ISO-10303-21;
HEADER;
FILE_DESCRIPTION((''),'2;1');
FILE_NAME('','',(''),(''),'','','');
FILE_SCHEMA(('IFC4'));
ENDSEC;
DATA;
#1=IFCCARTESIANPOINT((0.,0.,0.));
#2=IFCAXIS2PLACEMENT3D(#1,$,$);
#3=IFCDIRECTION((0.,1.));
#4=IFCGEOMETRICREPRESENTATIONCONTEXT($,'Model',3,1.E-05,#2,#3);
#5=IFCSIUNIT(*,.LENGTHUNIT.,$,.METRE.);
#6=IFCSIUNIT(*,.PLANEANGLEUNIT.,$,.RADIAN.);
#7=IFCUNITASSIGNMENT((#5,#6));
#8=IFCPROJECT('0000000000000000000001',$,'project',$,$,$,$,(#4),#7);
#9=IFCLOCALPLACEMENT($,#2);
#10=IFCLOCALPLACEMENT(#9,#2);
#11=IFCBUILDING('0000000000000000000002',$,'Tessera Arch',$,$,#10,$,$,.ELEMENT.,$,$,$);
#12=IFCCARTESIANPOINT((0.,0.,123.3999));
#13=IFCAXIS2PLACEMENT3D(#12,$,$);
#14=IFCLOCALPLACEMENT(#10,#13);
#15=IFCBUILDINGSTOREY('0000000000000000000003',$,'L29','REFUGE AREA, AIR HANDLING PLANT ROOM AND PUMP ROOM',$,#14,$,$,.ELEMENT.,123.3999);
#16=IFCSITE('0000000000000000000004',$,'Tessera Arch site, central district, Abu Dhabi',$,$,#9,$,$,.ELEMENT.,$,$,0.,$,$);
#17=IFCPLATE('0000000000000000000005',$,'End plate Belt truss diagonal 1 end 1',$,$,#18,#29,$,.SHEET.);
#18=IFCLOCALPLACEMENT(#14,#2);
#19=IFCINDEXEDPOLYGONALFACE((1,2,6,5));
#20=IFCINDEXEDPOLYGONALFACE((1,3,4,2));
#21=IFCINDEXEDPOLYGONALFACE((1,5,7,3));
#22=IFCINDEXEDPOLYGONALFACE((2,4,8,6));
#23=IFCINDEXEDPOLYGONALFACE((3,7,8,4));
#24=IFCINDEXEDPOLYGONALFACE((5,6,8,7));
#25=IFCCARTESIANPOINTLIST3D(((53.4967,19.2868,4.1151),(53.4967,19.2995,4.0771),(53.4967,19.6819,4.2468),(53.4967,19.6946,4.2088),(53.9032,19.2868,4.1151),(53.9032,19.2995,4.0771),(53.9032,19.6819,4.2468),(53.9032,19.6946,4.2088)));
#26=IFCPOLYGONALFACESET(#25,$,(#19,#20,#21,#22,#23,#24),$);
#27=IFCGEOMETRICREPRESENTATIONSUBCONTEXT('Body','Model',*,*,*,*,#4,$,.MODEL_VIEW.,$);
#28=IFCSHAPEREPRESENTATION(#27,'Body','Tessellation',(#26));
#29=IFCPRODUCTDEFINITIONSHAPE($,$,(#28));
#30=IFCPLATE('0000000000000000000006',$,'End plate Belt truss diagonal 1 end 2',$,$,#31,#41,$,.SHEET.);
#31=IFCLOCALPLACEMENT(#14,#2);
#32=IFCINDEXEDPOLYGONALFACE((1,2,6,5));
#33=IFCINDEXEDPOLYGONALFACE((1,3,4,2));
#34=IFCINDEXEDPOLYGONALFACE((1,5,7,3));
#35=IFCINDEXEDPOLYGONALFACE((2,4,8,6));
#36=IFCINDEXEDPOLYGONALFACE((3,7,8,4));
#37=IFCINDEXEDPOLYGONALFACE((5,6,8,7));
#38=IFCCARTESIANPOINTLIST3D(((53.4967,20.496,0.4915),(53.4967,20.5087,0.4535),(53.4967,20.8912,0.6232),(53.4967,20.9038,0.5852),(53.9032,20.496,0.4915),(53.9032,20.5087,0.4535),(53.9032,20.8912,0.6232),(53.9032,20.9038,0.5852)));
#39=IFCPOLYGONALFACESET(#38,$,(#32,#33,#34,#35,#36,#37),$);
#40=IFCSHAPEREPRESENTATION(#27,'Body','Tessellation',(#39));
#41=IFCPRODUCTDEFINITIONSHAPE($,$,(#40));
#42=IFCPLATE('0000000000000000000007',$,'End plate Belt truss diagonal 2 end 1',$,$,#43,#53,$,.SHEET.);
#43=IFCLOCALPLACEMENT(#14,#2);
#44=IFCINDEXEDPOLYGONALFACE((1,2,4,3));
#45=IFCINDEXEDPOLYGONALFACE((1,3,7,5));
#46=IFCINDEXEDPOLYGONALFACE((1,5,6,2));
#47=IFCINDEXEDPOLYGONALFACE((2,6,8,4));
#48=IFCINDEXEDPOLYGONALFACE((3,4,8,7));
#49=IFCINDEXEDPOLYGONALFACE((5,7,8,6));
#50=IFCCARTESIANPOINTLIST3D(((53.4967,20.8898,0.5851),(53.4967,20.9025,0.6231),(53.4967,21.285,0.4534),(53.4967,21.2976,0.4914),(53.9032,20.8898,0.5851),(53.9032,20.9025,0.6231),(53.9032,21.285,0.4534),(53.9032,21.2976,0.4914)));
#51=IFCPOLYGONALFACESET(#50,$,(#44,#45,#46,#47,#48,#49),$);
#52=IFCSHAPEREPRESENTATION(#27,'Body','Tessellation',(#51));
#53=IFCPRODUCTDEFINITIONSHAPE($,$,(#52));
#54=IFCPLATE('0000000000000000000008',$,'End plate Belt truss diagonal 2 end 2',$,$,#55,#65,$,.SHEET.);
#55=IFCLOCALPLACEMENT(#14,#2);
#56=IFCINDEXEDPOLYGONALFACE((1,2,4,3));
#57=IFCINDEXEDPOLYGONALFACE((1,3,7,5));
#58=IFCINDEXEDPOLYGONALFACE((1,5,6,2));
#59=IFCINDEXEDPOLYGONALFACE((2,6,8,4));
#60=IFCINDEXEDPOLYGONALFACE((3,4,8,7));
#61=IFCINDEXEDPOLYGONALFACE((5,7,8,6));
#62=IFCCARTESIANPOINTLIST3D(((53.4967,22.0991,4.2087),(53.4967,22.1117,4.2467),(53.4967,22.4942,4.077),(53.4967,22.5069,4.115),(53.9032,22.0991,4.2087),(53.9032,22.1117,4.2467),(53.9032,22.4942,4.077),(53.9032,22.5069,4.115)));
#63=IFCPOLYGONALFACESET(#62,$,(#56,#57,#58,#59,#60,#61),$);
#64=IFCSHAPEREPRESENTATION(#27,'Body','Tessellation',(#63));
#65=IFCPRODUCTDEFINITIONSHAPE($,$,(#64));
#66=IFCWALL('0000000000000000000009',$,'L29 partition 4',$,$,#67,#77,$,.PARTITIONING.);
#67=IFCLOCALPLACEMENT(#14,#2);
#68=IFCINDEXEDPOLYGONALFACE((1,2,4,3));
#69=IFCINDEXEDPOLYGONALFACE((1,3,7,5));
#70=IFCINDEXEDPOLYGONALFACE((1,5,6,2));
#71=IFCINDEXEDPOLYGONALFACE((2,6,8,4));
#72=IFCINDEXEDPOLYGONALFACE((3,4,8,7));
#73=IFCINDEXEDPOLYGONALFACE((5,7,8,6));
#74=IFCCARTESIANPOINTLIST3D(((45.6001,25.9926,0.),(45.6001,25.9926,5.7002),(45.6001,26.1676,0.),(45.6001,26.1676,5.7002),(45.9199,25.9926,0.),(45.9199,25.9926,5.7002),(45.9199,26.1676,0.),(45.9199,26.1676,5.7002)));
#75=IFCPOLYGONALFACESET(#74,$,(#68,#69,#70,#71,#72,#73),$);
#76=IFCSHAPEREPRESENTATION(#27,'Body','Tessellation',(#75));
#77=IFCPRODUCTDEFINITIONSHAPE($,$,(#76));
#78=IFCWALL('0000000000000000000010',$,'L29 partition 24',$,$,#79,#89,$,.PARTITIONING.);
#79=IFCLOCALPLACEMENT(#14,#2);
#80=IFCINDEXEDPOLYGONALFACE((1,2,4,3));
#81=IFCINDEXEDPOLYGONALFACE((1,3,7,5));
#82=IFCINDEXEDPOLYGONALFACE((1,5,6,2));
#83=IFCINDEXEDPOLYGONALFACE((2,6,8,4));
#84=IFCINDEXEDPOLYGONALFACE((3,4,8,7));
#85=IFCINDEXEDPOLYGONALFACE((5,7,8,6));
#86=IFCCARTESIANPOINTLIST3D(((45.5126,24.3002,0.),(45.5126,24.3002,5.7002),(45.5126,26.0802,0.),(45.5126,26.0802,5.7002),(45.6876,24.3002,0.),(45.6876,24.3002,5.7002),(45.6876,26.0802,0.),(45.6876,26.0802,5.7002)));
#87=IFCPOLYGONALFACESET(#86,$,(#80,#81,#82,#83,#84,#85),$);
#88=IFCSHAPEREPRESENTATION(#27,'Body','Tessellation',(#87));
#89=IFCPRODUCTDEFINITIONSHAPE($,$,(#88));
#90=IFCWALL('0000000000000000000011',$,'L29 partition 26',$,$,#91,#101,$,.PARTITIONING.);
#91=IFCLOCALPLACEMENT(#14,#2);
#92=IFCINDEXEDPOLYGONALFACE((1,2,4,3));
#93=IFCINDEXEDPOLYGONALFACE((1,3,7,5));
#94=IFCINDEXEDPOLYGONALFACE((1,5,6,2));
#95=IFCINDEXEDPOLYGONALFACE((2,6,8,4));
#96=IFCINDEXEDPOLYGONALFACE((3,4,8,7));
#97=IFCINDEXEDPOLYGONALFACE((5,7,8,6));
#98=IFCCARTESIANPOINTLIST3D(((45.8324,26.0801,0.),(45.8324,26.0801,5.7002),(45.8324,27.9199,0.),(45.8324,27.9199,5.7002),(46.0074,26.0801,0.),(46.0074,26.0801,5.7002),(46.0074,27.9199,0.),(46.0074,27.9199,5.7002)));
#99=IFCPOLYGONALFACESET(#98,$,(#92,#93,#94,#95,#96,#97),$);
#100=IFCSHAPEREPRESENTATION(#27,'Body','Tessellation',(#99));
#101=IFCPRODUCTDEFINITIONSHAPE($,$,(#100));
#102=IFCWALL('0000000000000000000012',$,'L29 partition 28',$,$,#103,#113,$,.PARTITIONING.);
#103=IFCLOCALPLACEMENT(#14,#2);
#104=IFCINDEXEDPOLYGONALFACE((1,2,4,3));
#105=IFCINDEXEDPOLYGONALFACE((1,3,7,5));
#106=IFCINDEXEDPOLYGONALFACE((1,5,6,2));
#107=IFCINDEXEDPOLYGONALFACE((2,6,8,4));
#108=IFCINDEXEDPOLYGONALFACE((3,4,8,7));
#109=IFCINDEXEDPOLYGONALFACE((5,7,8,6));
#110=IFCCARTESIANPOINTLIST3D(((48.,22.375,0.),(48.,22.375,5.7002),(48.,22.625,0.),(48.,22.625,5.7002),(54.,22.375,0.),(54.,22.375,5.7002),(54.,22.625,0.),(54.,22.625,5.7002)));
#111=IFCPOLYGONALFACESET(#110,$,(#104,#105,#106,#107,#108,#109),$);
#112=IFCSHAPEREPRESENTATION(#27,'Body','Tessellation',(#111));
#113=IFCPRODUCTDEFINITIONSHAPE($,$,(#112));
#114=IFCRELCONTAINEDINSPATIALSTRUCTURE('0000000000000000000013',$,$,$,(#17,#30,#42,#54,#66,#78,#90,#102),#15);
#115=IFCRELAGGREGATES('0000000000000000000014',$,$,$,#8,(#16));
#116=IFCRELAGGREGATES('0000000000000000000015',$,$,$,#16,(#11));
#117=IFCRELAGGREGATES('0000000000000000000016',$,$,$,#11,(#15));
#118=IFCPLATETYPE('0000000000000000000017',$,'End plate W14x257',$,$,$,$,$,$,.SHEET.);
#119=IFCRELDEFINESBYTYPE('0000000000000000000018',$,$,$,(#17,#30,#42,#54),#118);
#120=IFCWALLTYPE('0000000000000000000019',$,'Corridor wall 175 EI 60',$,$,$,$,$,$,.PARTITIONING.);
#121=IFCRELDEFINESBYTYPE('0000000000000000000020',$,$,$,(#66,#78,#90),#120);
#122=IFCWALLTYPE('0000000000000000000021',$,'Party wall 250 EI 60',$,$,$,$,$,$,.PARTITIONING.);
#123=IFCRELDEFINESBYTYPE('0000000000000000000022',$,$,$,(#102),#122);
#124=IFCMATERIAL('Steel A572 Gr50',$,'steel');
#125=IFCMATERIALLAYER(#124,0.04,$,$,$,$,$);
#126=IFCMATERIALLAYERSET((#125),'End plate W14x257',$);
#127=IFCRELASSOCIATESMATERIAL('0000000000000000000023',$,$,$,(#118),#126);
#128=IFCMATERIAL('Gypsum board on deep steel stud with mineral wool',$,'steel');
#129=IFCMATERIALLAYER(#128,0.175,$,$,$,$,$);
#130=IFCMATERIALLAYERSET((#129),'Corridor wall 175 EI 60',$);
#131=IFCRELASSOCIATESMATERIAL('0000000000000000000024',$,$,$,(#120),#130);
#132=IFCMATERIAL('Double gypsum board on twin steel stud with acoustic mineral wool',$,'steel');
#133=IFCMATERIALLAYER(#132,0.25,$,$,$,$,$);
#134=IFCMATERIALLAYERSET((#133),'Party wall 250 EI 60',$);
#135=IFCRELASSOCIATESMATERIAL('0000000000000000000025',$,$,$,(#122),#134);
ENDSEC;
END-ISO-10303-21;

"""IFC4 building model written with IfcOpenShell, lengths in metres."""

from ifc_helpers import new_model, si_unit, direction, frame, frame_2d, origin, origin_2d, place, context, subcontext, project, spatial, rectangle, extrude, material, layer, layer_set, type_object, element, save


model = new_model("IFC4")

# Units and contexts
model_context = context("Model", 3, precision=1e-05, world=origin(), true_north=direction((0.0, 1.0)))
body_context = subcontext(model_context, "Body", "Model", "MODEL_VIEW")
ifc_project = project(units=[si_unit("LENGTHUNIT", "METRE"), si_unit("PLANEANGLEUNIT", "RADIAN")], contexts=[model_context])

# Site, building, storey
site_placement = place(None, origin())
site = spatial("IfcSite", under=ifc_project, at=site_placement, Name="Tessera Arch site, central district, Abu Dhabi", CompositionType="ELEMENT", RefElevation=0.0)
building_placement = place(site_placement, origin())
building = spatial("IfcBuilding", under=site, at=building_placement, Name="Tessera Arch", CompositionType="ELEMENT")
storey_placement = place(building_placement, frame((0.0, 0.0, 123.3999)))
storey = spatial("IfcBuildingStorey", under=building, at=storey_placement, Name="L29", Description="REFUGE AREA, AIR HANDLING PLANT ROOM AND PUMP ROOM", CompositionType="ELEMENT", Elevation=123.3999)

# Plates
ifc_material_1 = material(Name="Steel A572 Gr50", Category="steel")
ifc_layer_1 = layer(ifc_material_1, 0.04)
ifc_layer_set_1 = layer_set([ifc_layer_1], Name="End plate W14x257")
plate_type = type_object("IfcPlateType", Name="End plate W14x257", PredefinedType="SHEET", material=ifc_layer_set_1)
for number, where, z_axis, x_axis, name in (
    (1, (53.7, 19.4844, 4.1809), (0.0, 0.316228, -0.948683), (-1.0, 0.0, 0.0), "End plate Belt truss diagonal 1 end 1"),
    (2, (53.7, 20.6936, 0.5574), (0.0, 0.316228, -0.948683), (-1.0, 0.0, 0.0), "End plate Belt truss diagonal 1 end 2"),
    (3, (53.7, 21.0874, 0.5193), (0.0, 0.316228, 0.948683), (-1.0, 0.0, 0.0), "End plate Belt truss diagonal 2 end 1"),
    (4, (53.7, 22.2966, 4.1428), (0.0, 0.316228, 0.948683), (-1.0, 0.0, 0.0), "End plate Belt truss diagonal 2 end 2"),
):
    element("IfcPlate", number, at=place(storey_placement, frame(where, z_axis=z_axis, x_axis=x_axis)), inside=storey, type_object=plate_type, Name=name, PredefinedType="SHEET", context=body_context, shape_type="SweptSolid", body=[
        extrude(rectangle(XDim=0.4065, YDim=0.4165, at=origin_2d()), origin(), (0.0, 0.0, 1.0), 0.04),
    ])

# Walls
ifc_material_2 = material(Name="Gypsum board on deep steel stud with mineral wool", Category="steel")
ifc_layer_2 = layer(ifc_material_2, 0.175)
ifc_layer_set_2 = layer_set([ifc_layer_2], Name="Corridor wall 175 EI 60")
wall_type_1 = type_object("IfcWallType", Name="Corridor wall 175 EI 60", PredefinedType="PARTITIONING", material=ifc_layer_set_2)
wall_1_placement = place(storey_placement, frame((45.6001, 26.0801, 0.0), z_axis=(0.0, 0.0, 1.0), x_axis=(1.0, 0.0, 0.0)))
element("IfcWall", 5, at=wall_1_placement, inside=storey, type_object=wall_type_1, Name="L29 partition 4", PredefinedType="PARTITIONING", context=body_context, shape_type="SweptSolid", body=[
    extrude(rectangle(XDim=0.3198, YDim=0.175, at=frame_2d((0.1599, 0.0))), origin(), (0.0, 0.0, 1.0), 5.7002),
])
wall_2_placement = place(storey_placement, frame((45.6001, 24.3, 0.0), z_axis=(0.0, 0.0, 1.0), x_axis=(0.0, 1.0, 0.0)))
element("IfcWall", 6, at=wall_2_placement, inside=storey, type_object=wall_type_1, Name="L29 partition 24", PredefinedType="PARTITIONING", context=body_context, shape_type="SweptSolid", body=[
    extrude(rectangle(XDim=1.78, YDim=0.175, at=frame_2d((0.8901, 0.0))), origin(), (0.0, 0.0, 1.0), 5.7002),
])
wall_3_placement = place(storey_placement, frame((45.9199, 26.0801, 0.0), z_axis=(0.0, 0.0, 1.0), x_axis=(0.0, 1.0, 0.0)))
element("IfcWall", 7, at=wall_3_placement, inside=storey, type_object=wall_type_1, Name="L29 partition 26", PredefinedType="PARTITIONING", context=body_context, shape_type="SweptSolid", body=[
    extrude(rectangle(XDim=1.8398, YDim=0.175, at=frame_2d((0.9199, 0.0))), origin(), (0.0, 0.0, 1.0), 5.7002),
])
ifc_material_3 = material(Name="Double gypsum board on twin steel stud with acoustic mineral wool", Category="steel")
ifc_layer_3 = layer(ifc_material_3, 0.25)
ifc_layer_set_3 = layer_set([ifc_layer_3], Name="Party wall 250 EI 60")
wall_type_2 = type_object("IfcWallType", Name="Party wall 250 EI 60", PredefinedType="PARTITIONING", material=ifc_layer_set_3)
wall_4_placement = place(storey_placement, frame((48.0, 22.5, 0.0), z_axis=(0.0, 0.0, 1.0), x_axis=(1.0, 0.0, 0.0)))
element("IfcWall", 8, at=wall_4_placement, inside=storey, type_object=wall_type_2, Name="L29 partition 28", PredefinedType="PARTITIONING", context=body_context, shape_type="SweptSolid", body=[
    extrude(rectangle(XDim=6.0, YDim=0.25, at=frame_2d((3.0, 0.0))), origin(), (0.0, 0.0, 1.0), 5.7002),
])

save(model, "model.ifc")
